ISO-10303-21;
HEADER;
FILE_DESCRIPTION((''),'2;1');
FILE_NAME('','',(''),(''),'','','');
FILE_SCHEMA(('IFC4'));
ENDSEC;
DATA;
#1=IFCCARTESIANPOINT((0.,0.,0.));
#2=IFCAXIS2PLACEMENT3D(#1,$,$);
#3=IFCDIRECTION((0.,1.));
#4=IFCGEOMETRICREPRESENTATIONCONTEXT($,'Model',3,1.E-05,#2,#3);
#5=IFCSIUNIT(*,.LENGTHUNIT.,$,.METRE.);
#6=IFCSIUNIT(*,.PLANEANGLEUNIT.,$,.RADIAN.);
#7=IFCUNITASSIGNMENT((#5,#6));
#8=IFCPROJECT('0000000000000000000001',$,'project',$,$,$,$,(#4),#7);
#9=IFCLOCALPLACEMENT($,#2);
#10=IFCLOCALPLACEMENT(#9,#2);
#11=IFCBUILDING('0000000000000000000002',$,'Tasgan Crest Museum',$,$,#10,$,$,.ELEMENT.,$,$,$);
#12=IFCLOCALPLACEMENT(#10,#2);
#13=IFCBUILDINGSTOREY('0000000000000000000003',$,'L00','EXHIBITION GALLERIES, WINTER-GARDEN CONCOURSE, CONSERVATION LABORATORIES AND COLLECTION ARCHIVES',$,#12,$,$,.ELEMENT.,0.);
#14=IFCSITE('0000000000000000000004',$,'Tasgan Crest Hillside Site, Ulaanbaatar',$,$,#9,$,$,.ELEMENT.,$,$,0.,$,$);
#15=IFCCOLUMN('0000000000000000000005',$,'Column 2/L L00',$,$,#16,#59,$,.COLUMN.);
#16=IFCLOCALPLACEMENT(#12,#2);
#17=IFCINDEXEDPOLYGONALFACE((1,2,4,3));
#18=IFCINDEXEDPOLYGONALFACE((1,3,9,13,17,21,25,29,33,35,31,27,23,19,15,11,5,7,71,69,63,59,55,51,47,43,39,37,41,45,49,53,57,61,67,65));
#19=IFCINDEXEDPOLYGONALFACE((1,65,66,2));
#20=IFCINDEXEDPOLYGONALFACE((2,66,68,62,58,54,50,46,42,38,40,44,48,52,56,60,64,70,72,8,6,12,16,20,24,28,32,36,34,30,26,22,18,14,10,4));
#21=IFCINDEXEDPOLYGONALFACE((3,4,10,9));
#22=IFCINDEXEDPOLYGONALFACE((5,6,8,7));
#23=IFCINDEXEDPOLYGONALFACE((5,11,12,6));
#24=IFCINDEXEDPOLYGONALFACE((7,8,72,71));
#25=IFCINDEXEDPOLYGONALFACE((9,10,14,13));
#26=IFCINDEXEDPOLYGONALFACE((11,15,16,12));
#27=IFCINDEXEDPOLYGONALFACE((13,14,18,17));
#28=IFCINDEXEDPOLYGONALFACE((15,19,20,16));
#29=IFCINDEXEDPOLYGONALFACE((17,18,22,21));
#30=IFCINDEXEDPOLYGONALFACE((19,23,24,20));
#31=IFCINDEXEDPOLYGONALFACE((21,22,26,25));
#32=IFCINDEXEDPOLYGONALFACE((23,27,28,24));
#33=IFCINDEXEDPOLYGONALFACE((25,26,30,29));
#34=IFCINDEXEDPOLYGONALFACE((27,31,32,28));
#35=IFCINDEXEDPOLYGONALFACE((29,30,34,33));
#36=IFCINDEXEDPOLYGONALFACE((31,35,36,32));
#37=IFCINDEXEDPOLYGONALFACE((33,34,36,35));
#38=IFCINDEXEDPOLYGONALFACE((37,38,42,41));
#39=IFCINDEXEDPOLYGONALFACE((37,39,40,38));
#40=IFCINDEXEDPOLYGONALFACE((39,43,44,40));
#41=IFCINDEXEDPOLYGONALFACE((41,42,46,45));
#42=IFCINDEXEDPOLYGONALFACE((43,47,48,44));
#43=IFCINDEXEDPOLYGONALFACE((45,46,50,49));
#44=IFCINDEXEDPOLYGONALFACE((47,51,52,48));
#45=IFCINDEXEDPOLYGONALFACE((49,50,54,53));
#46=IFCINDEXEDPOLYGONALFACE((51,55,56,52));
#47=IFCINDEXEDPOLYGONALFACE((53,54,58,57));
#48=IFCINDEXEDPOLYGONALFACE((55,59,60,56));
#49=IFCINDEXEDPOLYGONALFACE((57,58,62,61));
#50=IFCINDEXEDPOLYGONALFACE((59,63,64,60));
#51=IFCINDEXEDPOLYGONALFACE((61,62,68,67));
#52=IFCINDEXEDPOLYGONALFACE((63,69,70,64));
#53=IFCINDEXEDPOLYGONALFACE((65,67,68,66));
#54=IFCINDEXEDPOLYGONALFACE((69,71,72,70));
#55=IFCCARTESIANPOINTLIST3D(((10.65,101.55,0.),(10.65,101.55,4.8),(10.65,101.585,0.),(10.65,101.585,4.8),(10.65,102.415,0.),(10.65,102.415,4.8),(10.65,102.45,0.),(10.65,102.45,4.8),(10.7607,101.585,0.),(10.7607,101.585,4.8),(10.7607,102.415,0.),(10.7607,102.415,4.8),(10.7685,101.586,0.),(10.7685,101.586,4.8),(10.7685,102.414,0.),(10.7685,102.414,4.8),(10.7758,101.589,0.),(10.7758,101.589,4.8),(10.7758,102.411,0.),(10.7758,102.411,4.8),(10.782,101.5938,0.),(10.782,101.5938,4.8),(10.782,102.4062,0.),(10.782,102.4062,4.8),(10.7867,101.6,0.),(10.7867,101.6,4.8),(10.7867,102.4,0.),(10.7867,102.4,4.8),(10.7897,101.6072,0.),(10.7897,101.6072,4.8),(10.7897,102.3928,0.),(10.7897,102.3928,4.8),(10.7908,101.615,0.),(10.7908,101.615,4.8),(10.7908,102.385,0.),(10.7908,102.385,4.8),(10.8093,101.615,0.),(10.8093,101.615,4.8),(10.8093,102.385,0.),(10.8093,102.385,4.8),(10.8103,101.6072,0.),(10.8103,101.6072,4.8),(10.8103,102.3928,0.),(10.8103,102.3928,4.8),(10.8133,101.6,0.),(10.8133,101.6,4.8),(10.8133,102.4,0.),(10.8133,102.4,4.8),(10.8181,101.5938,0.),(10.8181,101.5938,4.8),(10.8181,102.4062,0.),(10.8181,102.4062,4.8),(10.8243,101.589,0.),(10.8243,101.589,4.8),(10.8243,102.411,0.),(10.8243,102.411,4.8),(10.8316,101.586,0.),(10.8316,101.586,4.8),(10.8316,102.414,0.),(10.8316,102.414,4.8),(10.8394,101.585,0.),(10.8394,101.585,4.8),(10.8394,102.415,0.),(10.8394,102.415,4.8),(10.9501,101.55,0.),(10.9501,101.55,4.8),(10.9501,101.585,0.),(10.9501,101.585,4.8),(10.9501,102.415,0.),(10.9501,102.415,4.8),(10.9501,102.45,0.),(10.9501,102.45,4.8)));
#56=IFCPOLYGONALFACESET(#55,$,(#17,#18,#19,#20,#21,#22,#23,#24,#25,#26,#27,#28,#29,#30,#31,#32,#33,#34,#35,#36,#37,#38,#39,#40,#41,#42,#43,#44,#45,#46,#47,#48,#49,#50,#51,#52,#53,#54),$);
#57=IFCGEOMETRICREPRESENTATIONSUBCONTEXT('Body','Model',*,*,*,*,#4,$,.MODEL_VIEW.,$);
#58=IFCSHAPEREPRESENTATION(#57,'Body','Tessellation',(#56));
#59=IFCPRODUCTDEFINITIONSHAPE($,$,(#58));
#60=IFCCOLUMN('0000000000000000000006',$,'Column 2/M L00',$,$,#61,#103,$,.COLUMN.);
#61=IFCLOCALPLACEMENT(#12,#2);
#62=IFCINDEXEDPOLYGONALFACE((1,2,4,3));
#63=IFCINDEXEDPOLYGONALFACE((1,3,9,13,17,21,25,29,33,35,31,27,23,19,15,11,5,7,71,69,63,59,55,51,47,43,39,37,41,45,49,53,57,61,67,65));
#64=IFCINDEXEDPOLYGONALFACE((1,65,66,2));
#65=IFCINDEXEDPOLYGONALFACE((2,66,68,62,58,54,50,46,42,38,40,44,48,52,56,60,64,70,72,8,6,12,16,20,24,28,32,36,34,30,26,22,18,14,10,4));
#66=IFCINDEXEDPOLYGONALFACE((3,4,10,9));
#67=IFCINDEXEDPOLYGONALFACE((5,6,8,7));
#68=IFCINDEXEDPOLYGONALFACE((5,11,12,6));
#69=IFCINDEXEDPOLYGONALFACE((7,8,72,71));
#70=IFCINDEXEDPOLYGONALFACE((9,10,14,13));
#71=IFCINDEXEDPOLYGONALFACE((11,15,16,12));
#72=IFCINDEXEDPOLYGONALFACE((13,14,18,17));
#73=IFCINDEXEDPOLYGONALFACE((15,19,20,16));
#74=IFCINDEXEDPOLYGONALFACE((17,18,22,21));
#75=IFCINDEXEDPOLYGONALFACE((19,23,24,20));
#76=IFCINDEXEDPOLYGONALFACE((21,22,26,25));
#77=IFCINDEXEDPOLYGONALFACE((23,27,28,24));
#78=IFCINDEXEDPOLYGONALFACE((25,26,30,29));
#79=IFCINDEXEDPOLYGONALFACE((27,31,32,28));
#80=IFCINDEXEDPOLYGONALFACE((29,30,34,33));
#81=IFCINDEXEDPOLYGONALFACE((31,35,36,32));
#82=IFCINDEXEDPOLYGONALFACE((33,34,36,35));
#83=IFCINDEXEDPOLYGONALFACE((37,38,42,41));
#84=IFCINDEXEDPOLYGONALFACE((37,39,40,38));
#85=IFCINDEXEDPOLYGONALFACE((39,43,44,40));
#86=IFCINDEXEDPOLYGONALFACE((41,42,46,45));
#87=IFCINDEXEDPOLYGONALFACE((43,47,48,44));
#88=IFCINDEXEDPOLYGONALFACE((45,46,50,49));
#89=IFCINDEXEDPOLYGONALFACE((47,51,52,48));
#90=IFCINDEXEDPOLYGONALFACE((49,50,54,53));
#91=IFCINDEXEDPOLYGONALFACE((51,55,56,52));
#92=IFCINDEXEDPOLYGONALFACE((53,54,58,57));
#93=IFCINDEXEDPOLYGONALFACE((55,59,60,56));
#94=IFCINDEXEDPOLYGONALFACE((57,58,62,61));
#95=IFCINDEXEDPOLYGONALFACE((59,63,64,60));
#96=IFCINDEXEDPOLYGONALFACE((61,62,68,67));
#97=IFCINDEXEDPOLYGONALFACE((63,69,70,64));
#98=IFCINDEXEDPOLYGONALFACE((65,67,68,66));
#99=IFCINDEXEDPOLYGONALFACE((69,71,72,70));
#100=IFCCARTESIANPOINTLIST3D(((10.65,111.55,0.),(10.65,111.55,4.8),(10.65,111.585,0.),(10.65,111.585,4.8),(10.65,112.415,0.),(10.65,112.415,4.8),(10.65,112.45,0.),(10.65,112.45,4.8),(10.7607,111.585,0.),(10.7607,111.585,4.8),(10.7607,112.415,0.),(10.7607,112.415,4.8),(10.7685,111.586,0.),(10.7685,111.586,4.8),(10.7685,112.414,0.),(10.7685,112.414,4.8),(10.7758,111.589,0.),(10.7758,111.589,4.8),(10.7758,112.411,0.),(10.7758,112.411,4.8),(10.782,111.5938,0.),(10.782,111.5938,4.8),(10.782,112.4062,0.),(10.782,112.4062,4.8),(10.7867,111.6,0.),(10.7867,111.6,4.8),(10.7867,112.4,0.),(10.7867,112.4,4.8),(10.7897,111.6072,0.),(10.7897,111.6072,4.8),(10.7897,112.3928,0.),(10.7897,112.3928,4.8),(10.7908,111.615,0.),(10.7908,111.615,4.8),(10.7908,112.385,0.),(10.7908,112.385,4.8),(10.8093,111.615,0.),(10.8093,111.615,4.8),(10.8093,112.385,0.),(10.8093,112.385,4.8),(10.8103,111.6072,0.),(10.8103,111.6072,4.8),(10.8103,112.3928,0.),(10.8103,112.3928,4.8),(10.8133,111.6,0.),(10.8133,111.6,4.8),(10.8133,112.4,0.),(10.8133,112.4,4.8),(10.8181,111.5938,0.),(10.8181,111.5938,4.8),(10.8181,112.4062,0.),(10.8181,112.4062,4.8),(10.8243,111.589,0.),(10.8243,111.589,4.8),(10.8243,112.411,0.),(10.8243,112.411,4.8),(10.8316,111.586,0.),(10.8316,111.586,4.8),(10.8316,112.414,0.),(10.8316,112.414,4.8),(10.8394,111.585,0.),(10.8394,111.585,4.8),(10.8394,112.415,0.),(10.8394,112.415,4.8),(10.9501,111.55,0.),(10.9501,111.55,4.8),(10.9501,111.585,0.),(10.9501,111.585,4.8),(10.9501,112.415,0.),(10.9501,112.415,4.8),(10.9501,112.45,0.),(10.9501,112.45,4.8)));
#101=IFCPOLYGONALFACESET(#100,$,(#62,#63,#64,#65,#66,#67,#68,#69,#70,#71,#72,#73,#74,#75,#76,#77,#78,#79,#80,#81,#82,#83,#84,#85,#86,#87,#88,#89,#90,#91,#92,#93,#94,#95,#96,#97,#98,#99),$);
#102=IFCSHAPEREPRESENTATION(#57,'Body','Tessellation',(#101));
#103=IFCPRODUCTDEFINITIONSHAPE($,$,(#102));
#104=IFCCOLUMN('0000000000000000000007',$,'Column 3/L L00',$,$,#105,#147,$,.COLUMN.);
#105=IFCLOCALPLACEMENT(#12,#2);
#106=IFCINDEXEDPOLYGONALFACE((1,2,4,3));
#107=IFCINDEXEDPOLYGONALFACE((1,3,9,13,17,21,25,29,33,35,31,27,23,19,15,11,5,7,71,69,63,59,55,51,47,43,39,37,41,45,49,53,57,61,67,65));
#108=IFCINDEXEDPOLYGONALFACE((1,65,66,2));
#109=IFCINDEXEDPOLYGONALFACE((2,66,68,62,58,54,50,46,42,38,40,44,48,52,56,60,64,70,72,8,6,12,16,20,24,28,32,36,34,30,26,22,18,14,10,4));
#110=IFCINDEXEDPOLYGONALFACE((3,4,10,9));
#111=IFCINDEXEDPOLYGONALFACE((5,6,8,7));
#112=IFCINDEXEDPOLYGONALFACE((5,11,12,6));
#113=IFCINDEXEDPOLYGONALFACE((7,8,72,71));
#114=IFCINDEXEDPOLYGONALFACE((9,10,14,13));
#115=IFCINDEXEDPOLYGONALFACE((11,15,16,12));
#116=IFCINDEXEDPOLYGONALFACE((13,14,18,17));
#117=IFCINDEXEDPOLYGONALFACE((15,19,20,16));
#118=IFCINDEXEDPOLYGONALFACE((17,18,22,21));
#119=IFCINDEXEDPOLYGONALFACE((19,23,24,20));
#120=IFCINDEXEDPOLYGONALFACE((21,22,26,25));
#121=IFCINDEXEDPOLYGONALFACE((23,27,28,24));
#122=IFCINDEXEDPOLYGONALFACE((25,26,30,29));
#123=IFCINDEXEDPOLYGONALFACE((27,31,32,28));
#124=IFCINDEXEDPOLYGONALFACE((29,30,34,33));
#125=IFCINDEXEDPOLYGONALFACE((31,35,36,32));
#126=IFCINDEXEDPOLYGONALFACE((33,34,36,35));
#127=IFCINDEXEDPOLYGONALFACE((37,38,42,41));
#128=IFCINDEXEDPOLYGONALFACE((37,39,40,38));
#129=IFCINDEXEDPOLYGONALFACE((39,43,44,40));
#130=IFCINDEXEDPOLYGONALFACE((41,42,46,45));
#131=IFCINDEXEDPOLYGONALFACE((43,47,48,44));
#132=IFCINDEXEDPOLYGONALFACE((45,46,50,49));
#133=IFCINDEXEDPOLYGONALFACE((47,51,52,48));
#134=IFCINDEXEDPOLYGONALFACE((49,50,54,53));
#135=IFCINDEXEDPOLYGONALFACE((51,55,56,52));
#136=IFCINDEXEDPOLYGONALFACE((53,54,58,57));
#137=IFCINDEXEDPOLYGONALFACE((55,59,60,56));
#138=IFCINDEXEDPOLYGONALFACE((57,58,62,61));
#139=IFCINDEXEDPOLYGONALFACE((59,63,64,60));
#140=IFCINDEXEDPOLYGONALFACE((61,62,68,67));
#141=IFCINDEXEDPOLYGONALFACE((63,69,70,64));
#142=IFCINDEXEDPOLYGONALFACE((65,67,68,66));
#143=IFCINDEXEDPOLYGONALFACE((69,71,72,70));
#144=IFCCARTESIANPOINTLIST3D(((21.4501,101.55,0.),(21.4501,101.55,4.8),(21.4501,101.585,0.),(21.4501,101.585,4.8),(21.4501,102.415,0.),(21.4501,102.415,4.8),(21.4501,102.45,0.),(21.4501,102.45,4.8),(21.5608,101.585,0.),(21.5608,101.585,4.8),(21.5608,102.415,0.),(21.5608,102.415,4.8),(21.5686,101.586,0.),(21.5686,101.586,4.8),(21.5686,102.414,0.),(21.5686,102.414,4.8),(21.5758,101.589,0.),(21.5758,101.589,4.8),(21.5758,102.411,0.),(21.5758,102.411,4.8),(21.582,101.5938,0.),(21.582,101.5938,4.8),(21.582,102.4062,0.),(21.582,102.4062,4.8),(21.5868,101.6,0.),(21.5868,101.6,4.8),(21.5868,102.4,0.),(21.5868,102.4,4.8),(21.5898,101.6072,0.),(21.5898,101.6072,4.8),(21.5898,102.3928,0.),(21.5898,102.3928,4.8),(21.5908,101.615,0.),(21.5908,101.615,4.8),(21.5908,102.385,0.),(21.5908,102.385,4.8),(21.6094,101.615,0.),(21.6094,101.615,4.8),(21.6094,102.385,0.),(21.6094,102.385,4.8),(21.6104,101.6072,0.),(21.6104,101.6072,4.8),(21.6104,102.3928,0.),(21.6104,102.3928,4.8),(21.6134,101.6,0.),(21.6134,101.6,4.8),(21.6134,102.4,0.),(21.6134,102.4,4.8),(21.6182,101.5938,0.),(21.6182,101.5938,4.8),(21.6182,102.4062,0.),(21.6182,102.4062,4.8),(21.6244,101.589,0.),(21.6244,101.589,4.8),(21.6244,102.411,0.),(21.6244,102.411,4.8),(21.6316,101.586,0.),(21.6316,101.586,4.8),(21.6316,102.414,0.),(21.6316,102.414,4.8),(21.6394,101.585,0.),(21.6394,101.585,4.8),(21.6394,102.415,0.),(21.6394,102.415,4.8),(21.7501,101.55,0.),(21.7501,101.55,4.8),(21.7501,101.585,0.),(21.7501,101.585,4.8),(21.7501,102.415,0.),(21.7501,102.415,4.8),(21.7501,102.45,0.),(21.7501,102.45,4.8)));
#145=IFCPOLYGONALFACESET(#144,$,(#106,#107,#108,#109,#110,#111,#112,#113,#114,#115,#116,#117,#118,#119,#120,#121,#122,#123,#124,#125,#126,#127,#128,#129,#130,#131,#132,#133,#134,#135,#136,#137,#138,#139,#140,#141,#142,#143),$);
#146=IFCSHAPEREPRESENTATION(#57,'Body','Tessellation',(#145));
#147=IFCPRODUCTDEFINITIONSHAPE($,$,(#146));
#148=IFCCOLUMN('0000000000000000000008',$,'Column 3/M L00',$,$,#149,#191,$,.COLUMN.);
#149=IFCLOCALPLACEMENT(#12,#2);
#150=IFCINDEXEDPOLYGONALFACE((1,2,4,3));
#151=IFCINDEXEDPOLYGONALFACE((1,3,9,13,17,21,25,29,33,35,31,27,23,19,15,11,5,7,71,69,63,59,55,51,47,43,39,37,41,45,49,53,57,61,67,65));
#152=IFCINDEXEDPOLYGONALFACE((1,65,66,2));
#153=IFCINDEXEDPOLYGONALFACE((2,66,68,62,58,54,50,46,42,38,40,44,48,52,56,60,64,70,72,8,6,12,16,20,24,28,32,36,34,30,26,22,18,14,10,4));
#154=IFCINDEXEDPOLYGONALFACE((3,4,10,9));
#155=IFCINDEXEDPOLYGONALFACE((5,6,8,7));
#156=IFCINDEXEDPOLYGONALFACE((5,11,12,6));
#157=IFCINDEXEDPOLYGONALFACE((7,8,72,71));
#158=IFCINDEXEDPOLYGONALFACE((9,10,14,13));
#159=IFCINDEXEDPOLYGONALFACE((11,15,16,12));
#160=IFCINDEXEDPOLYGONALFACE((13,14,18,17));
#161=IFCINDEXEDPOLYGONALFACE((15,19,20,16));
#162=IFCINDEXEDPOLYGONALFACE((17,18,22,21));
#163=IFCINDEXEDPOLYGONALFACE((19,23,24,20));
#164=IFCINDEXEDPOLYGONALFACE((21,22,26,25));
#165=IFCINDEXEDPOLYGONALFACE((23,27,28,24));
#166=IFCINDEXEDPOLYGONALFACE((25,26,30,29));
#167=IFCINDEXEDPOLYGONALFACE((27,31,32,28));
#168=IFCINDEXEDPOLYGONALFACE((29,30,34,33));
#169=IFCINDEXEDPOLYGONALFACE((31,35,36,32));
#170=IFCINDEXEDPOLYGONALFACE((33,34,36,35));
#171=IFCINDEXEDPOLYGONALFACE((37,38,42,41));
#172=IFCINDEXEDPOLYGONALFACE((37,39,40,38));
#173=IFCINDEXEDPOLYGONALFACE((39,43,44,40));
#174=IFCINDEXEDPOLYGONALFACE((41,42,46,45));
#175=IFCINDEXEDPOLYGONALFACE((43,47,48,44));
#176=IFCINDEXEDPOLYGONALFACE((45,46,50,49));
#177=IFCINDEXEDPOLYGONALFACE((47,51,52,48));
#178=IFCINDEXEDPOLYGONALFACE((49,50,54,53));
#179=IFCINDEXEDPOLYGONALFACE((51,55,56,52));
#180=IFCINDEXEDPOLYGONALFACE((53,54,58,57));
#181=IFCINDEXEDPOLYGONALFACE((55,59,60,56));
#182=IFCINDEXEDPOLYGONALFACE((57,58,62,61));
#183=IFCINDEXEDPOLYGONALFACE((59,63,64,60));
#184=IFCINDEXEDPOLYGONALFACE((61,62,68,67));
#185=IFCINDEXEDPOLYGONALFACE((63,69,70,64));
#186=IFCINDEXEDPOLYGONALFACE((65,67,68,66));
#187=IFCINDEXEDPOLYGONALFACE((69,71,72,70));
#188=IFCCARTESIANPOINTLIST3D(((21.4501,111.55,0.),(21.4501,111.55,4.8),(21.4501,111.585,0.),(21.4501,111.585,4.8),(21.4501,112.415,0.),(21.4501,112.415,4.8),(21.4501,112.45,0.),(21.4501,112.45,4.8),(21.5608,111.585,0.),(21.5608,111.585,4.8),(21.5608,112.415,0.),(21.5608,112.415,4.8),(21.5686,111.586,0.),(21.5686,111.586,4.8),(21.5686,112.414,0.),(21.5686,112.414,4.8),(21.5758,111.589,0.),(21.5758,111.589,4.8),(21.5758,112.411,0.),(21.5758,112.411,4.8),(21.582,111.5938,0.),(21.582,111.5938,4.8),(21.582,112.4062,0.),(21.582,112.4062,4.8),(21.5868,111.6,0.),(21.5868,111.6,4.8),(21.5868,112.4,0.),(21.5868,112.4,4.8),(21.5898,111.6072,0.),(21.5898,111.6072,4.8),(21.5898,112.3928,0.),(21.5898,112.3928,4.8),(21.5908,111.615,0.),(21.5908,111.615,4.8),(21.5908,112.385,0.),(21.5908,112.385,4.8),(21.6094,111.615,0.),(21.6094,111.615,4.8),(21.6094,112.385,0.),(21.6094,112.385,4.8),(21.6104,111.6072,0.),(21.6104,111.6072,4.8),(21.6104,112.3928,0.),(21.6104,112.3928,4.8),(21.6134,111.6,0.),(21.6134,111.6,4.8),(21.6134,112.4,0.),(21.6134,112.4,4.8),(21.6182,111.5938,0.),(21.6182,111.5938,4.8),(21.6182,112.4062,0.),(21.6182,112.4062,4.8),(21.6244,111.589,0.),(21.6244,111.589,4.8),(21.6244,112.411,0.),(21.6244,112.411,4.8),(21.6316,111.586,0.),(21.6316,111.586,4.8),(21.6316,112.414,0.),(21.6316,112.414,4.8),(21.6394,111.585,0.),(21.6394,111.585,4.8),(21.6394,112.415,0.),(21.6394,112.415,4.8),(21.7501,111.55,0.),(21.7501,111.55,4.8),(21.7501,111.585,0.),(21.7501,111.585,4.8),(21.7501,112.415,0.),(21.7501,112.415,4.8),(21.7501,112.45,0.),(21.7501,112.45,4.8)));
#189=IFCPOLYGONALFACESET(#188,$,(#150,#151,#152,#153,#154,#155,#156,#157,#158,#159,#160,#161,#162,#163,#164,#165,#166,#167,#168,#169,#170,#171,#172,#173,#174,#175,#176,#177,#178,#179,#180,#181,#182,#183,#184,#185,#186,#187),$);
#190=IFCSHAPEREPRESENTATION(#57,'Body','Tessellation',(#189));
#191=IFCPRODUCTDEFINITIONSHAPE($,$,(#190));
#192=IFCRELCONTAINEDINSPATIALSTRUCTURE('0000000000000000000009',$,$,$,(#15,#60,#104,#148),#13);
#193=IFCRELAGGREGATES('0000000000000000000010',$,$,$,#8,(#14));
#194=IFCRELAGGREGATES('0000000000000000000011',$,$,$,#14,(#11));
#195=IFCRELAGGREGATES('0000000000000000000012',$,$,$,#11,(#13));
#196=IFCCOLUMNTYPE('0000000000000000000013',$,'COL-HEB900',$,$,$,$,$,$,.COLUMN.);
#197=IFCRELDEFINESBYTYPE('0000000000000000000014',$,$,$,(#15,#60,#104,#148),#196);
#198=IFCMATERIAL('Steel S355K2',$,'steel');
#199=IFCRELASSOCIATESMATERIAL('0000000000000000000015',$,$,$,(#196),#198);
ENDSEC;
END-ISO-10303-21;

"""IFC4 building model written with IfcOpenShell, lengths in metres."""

from ifc_helpers import new_model, si_unit, direction, frame, origin, origin_2d, place, context, subcontext, project, spatial, i_section, extrude, material, material_profile, profile_set, type_object, element, save


model = new_model("IFC4")

# Units and contexts
model_context = context("Model", 3, precision=1e-05, world=origin(), true_north=direction((0.0, 1.0)))
body_context = subcontext(model_context, "Body", "Model", "MODEL_VIEW")
ifc_project = project(units=[si_unit("LENGTHUNIT", "METRE"), si_unit("PLANEANGLEUNIT", "RADIAN")], contexts=[model_context])

# Site, building, storey
site_placement = place(None, origin())
site = spatial("IfcSite", under=ifc_project, at=site_placement, Name="Tasgan Crest Hillside Site, Ulaanbaatar", CompositionType="ELEMENT", RefElevation=0.0)
building_placement = place(site_placement, origin())
building = spatial("IfcBuilding", under=site, at=building_placement, Name="Tasgan Crest Museum", CompositionType="ELEMENT")
storey_placement = place(building_placement, origin())
storey = spatial("IfcBuildingStorey", under=building, at=storey_placement, Name="L00", Description="EXHIBITION GALLERIES, WINTER-GARDEN CONCOURSE, CONSERVATION LABORATORIES AND COLLECTION ARCHIVES", CompositionType="ELEMENT", Elevation=0.0)

# Columns
ifc_material_1 = material(Name="Steel S355K2", Category="steel")
ifc_material_profile_1 = material_profile(ifc_material_1, i_section(OverallWidth=0.3, OverallDepth=0.8999, WebThickness=0.0186, FlangeThickness=0.0349, FilletRadius=0.03, at=origin_2d()), Name="HEB 900")
ifc_profile_set_1 = profile_set([ifc_material_profile_1], Name="Steel S355K2")
column_type = type_object("IfcColumnType", Name="COL-HEB900", PredefinedType="COLUMN", material=ifc_profile_set_1)
for number, where, z_axis, x_axis, name in (
    (1, (10.8, 102.0, 0.0), (0.0, 0.0, 1.0), (1.0, 0.0, 0.0), "Column 2/L L00"),
    (2, (10.8, 112.0, 0.0), (0.0, 0.0, 1.0), (1.0, 0.0, 0.0), "Column 2/M L00"),
    (3, (21.6001, 102.0, 0.0), (0.0, 0.0, 1.0), (1.0, 0.0, 0.0), "Column 3/L L00"),
    (4, (21.6001, 112.0, 0.0), (0.0, 0.0, 1.0), (1.0, 0.0, 0.0), "Column 3/M L00"),
):
    element("IfcColumn", number, at=place(storey_placement, frame(where, z_axis=z_axis, x_axis=x_axis)), inside=storey, type_object=column_type, Name=name, PredefinedType="COLUMN", context=body_context, shape_type="SweptSolid", body=[
        extrude(i_section(OverallWidth=0.3, OverallDepth=0.8999, WebThickness=0.0186, FlangeThickness=0.0349, FilletRadius=0.03, at=origin_2d()), origin(), (0.0, 0.0, 1.0), 4.8),
    ])

save(model, "model.ifc")
